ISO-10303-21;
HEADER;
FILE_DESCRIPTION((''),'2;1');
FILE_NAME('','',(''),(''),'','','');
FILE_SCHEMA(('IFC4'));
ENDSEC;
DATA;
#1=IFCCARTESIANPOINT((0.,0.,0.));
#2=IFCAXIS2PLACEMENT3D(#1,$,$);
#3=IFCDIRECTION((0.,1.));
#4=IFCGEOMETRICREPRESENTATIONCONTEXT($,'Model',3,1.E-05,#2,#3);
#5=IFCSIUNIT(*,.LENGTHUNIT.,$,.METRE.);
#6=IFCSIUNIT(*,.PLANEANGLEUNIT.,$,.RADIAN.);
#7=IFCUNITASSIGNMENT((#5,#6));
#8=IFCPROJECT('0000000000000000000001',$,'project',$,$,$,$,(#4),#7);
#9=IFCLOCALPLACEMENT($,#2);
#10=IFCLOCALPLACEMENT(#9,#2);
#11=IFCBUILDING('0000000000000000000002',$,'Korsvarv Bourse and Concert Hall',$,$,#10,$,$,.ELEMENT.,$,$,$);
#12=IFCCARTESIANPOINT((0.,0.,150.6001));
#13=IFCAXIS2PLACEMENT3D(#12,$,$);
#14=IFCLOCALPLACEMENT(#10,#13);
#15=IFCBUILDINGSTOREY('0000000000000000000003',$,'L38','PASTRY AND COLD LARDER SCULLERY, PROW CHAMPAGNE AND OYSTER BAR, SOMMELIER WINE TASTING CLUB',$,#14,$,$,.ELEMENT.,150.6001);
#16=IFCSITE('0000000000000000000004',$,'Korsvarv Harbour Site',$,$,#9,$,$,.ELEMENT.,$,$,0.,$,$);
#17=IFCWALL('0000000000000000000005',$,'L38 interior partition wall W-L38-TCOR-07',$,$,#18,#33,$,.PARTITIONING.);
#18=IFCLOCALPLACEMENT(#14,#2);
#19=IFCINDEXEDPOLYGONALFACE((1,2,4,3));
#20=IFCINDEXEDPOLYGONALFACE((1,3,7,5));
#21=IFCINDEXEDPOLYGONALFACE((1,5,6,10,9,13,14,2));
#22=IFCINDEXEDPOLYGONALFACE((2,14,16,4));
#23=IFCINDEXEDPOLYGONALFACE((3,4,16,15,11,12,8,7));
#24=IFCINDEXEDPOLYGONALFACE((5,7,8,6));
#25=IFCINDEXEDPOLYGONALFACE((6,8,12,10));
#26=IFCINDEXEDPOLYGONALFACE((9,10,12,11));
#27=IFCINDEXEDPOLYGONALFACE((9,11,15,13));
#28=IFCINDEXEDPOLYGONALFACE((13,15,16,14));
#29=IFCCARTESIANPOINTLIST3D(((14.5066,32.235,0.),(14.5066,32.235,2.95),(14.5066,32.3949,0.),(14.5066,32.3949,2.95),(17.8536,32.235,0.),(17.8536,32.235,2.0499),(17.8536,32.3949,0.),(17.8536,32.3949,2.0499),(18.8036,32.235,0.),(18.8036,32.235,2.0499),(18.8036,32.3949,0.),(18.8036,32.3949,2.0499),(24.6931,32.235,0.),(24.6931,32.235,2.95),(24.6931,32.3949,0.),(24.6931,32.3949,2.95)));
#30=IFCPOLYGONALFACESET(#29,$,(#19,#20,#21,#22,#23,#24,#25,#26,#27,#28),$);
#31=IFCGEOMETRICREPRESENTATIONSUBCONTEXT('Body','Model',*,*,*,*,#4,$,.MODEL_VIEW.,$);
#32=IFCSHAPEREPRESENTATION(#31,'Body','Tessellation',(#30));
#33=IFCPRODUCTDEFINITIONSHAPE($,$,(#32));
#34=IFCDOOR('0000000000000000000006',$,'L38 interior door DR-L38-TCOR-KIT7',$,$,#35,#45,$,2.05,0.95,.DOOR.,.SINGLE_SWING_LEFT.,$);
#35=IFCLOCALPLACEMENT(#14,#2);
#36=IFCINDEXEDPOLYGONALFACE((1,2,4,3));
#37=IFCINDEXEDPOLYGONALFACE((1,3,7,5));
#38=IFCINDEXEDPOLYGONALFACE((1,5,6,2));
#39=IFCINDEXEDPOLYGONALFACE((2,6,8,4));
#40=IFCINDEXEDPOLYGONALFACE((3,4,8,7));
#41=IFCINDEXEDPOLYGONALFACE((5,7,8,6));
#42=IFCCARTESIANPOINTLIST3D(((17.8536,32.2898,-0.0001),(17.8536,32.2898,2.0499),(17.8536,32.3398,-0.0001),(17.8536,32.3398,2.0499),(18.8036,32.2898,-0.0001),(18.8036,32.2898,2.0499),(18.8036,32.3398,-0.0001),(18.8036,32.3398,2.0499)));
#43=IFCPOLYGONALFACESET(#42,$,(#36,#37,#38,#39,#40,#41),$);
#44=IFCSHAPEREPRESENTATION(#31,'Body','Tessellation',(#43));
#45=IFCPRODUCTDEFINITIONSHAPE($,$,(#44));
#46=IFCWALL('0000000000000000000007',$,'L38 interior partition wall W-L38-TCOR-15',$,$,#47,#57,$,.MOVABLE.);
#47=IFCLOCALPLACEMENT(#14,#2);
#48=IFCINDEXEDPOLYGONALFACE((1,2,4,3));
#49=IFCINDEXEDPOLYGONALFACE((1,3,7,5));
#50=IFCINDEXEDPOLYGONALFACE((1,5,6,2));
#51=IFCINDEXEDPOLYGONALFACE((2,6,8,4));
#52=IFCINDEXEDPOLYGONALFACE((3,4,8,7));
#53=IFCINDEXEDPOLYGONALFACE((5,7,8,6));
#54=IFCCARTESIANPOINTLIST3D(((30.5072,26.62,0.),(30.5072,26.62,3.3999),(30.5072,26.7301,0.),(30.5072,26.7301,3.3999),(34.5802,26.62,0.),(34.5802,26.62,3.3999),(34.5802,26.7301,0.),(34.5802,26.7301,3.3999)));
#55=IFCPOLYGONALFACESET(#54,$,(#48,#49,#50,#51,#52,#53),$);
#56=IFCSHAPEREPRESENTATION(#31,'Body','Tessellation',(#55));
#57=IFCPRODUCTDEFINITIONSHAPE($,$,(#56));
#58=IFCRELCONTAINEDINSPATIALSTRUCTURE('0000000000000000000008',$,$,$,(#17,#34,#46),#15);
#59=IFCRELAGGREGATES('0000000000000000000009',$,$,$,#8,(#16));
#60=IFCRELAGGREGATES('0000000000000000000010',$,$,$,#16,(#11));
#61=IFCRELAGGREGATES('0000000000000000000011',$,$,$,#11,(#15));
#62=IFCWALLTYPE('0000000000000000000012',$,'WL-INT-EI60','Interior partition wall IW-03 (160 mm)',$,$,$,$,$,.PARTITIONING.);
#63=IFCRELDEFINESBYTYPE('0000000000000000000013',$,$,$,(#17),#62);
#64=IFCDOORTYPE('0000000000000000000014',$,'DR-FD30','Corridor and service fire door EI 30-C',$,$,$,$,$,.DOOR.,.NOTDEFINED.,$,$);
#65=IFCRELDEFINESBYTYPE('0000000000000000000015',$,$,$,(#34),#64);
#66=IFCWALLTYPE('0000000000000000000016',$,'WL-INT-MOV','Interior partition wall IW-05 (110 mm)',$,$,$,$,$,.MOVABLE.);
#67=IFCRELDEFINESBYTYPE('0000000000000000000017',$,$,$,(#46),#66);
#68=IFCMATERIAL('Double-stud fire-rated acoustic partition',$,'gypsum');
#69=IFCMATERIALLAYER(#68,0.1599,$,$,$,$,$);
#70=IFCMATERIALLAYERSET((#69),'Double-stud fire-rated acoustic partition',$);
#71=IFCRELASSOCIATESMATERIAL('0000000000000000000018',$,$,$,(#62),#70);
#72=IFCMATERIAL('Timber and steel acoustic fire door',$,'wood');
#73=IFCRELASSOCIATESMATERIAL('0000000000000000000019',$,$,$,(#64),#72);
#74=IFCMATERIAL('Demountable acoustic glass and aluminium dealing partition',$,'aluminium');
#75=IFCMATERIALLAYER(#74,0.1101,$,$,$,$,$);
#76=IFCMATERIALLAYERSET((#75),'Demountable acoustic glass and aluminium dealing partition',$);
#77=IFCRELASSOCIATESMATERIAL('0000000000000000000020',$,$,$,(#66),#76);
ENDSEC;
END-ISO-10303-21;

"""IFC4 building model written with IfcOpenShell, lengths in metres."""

from ifc_helpers import new_model, si_unit, direction, frame, frame_2d, origin, place, context, subcontext, project, spatial, rectangle, extrude, material, layer, layer_set, type_object, element, fill, save


model = new_model("IFC4")

# Units and contexts
model_context = context("Model", 3, precision=1e-05, world=origin(), true_north=direction((0.0, 1.0)))
body_context = subcontext(model_context, "Body", "Model", "MODEL_VIEW")
ifc_project = project(units=[si_unit("LENGTHUNIT", "METRE"), si_unit("PLANEANGLEUNIT", "RADIAN")], contexts=[model_context])

# Site, building, storey
site_placement = place(None, origin())
site = spatial("IfcSite", under=ifc_project, at=site_placement, Name="Korsvarv Harbour Site", CompositionType="ELEMENT", RefElevation=0.0)
building_placement = place(site_placement, origin())
building = spatial("IfcBuilding", under=site, at=building_placement, Name="Korsvarv Bourse and Concert Hall", CompositionType="ELEMENT")
storey_placement = place(building_placement, frame((0.0, 0.0, 150.6001)))
storey = spatial("IfcBuildingStorey", under=building, at=storey_placement, Name="L38", Description="PASTRY AND COLD LARDER SCULLERY, PROW CHAMPAGNE AND OYSTER BAR, SOMMELIER WINE TASTING CLUB", CompositionType="ELEMENT", Elevation=150.6001)

# Shared definitions
ifc_material_1 = material(Name="Double-stud fire-rated acoustic partition", Category="gypsum")
ifc_layer_1 = layer(ifc_material_1, 0.1599)
ifc_layer_set_1 = layer_set([ifc_layer_1], Name="Double-stud fire-rated acoustic partition")
wall_type_1 = type_object("IfcWallType", Name="WL-INT-EI60", Description="Interior partition wall IW-03 (160 mm)", PredefinedType="PARTITIONING", material=ifc_layer_set_1)

# Wall, opening, door
ifc_material_2 = material(Name="Timber and steel acoustic fire door", Category="wood")
door_type = type_object("IfcDoorType", Name="DR-FD30", Description="Corridor and service fire door EI 30-C", OperationType="NOTDEFINED", PredefinedType="DOOR", material=ifc_material_2)
wall_1_placement = place(storey_placement, frame((14.5066, 32.3149, 0.0), z_axis=(0.0, 0.0, 1.0), x_axis=(1.0, 0.0, 0.0)))
wall_1 = element("IfcWall", 1, at=wall_1_placement, inside=storey, type_object=wall_type_1, Name="L38 interior partition wall W-L38-TCOR-07", PredefinedType="PARTITIONING", context=body_context, shape_type="SweptSolid", body=[
    extrude(rectangle(XDim=10.1865, YDim=0.1599, at=frame_2d((5.0933, 0.0))), origin(), (0.0, 0.0, 1.0), 2.95),
])
opening_1_placement = place(wall_1_placement, frame((3.3469, 0.0, 0.0)))
opening_1 = element("IfcOpeningElement", 2, at=opening_1_placement, cuts=wall_1, PredefinedType="OPENING", context=body_context, shape_type="SweptSolid", body=[
    extrude(rectangle(XDim=0.95, YDim=2.05, at=frame_2d((0.4751, 1.0249))), frame((0.0, 0.0898, 0.0), z_axis=(0.0, -1.0, 0.0), x_axis=(1.0, 0.0, 0.0)), (0.0, 0.0, 1.0), 0.1799),
])
door_1_placement = place(opening_1_placement, origin())
door_1 = element("IfcDoor", 3, at=door_1_placement, inside=storey, type_object=door_type, Name="L38 interior door DR-L38-TCOR-KIT7", OperationType="SINGLE_SWING_LEFT", OverallHeight=2.05, OverallWidth=0.95, PredefinedType="DOOR", context=body_context, shape_type="SweptSolid", body=[
    extrude(rectangle(XDim=0.95, YDim=2.05, at=frame_2d((0.4751, 1.0249))), frame((0.0, 0.0249, 0.0), z_axis=(0.0, -1.0, 0.0), x_axis=(1.0, 0.0, 0.0)), (0.0, 0.0, 1.0), 0.05),
])
fill(opening_1, door_1)

# Wall
ifc_material_3 = material(Name="Demountable acoustic glass and aluminium dealing partition", Category="aluminium")
ifc_layer_2 = layer(ifc_material_3, 0.1101)
ifc_layer_set_2 = layer_set([ifc_layer_2], Name="Demountable acoustic glass and aluminium dealing partition")
wall_type_2 = type_object("IfcWallType", Name="WL-INT-MOV", Description="Interior partition wall IW-05 (110 mm)", PredefinedType="MOVABLE", material=ifc_layer_set_2)
wall_2_placement = place(storey_placement, frame((30.5071, 26.675, 0.0), z_axis=(0.0, 0.0, 1.0), x_axis=(1.0, 0.0, 0.0)))
element("IfcWall", 4, at=wall_2_placement, inside=storey, type_object=wall_type_2, Name="L38 interior partition wall W-L38-TCOR-15", PredefinedType="MOVABLE", context=body_context, shape_type="SweptSolid", body=[
    extrude(rectangle(XDim=4.073, YDim=0.1101, at=frame_2d((2.0366, 0.0))), origin(), (0.0, 0.0, 1.0), 3.3999),
])

save(model, "model.ifc")
